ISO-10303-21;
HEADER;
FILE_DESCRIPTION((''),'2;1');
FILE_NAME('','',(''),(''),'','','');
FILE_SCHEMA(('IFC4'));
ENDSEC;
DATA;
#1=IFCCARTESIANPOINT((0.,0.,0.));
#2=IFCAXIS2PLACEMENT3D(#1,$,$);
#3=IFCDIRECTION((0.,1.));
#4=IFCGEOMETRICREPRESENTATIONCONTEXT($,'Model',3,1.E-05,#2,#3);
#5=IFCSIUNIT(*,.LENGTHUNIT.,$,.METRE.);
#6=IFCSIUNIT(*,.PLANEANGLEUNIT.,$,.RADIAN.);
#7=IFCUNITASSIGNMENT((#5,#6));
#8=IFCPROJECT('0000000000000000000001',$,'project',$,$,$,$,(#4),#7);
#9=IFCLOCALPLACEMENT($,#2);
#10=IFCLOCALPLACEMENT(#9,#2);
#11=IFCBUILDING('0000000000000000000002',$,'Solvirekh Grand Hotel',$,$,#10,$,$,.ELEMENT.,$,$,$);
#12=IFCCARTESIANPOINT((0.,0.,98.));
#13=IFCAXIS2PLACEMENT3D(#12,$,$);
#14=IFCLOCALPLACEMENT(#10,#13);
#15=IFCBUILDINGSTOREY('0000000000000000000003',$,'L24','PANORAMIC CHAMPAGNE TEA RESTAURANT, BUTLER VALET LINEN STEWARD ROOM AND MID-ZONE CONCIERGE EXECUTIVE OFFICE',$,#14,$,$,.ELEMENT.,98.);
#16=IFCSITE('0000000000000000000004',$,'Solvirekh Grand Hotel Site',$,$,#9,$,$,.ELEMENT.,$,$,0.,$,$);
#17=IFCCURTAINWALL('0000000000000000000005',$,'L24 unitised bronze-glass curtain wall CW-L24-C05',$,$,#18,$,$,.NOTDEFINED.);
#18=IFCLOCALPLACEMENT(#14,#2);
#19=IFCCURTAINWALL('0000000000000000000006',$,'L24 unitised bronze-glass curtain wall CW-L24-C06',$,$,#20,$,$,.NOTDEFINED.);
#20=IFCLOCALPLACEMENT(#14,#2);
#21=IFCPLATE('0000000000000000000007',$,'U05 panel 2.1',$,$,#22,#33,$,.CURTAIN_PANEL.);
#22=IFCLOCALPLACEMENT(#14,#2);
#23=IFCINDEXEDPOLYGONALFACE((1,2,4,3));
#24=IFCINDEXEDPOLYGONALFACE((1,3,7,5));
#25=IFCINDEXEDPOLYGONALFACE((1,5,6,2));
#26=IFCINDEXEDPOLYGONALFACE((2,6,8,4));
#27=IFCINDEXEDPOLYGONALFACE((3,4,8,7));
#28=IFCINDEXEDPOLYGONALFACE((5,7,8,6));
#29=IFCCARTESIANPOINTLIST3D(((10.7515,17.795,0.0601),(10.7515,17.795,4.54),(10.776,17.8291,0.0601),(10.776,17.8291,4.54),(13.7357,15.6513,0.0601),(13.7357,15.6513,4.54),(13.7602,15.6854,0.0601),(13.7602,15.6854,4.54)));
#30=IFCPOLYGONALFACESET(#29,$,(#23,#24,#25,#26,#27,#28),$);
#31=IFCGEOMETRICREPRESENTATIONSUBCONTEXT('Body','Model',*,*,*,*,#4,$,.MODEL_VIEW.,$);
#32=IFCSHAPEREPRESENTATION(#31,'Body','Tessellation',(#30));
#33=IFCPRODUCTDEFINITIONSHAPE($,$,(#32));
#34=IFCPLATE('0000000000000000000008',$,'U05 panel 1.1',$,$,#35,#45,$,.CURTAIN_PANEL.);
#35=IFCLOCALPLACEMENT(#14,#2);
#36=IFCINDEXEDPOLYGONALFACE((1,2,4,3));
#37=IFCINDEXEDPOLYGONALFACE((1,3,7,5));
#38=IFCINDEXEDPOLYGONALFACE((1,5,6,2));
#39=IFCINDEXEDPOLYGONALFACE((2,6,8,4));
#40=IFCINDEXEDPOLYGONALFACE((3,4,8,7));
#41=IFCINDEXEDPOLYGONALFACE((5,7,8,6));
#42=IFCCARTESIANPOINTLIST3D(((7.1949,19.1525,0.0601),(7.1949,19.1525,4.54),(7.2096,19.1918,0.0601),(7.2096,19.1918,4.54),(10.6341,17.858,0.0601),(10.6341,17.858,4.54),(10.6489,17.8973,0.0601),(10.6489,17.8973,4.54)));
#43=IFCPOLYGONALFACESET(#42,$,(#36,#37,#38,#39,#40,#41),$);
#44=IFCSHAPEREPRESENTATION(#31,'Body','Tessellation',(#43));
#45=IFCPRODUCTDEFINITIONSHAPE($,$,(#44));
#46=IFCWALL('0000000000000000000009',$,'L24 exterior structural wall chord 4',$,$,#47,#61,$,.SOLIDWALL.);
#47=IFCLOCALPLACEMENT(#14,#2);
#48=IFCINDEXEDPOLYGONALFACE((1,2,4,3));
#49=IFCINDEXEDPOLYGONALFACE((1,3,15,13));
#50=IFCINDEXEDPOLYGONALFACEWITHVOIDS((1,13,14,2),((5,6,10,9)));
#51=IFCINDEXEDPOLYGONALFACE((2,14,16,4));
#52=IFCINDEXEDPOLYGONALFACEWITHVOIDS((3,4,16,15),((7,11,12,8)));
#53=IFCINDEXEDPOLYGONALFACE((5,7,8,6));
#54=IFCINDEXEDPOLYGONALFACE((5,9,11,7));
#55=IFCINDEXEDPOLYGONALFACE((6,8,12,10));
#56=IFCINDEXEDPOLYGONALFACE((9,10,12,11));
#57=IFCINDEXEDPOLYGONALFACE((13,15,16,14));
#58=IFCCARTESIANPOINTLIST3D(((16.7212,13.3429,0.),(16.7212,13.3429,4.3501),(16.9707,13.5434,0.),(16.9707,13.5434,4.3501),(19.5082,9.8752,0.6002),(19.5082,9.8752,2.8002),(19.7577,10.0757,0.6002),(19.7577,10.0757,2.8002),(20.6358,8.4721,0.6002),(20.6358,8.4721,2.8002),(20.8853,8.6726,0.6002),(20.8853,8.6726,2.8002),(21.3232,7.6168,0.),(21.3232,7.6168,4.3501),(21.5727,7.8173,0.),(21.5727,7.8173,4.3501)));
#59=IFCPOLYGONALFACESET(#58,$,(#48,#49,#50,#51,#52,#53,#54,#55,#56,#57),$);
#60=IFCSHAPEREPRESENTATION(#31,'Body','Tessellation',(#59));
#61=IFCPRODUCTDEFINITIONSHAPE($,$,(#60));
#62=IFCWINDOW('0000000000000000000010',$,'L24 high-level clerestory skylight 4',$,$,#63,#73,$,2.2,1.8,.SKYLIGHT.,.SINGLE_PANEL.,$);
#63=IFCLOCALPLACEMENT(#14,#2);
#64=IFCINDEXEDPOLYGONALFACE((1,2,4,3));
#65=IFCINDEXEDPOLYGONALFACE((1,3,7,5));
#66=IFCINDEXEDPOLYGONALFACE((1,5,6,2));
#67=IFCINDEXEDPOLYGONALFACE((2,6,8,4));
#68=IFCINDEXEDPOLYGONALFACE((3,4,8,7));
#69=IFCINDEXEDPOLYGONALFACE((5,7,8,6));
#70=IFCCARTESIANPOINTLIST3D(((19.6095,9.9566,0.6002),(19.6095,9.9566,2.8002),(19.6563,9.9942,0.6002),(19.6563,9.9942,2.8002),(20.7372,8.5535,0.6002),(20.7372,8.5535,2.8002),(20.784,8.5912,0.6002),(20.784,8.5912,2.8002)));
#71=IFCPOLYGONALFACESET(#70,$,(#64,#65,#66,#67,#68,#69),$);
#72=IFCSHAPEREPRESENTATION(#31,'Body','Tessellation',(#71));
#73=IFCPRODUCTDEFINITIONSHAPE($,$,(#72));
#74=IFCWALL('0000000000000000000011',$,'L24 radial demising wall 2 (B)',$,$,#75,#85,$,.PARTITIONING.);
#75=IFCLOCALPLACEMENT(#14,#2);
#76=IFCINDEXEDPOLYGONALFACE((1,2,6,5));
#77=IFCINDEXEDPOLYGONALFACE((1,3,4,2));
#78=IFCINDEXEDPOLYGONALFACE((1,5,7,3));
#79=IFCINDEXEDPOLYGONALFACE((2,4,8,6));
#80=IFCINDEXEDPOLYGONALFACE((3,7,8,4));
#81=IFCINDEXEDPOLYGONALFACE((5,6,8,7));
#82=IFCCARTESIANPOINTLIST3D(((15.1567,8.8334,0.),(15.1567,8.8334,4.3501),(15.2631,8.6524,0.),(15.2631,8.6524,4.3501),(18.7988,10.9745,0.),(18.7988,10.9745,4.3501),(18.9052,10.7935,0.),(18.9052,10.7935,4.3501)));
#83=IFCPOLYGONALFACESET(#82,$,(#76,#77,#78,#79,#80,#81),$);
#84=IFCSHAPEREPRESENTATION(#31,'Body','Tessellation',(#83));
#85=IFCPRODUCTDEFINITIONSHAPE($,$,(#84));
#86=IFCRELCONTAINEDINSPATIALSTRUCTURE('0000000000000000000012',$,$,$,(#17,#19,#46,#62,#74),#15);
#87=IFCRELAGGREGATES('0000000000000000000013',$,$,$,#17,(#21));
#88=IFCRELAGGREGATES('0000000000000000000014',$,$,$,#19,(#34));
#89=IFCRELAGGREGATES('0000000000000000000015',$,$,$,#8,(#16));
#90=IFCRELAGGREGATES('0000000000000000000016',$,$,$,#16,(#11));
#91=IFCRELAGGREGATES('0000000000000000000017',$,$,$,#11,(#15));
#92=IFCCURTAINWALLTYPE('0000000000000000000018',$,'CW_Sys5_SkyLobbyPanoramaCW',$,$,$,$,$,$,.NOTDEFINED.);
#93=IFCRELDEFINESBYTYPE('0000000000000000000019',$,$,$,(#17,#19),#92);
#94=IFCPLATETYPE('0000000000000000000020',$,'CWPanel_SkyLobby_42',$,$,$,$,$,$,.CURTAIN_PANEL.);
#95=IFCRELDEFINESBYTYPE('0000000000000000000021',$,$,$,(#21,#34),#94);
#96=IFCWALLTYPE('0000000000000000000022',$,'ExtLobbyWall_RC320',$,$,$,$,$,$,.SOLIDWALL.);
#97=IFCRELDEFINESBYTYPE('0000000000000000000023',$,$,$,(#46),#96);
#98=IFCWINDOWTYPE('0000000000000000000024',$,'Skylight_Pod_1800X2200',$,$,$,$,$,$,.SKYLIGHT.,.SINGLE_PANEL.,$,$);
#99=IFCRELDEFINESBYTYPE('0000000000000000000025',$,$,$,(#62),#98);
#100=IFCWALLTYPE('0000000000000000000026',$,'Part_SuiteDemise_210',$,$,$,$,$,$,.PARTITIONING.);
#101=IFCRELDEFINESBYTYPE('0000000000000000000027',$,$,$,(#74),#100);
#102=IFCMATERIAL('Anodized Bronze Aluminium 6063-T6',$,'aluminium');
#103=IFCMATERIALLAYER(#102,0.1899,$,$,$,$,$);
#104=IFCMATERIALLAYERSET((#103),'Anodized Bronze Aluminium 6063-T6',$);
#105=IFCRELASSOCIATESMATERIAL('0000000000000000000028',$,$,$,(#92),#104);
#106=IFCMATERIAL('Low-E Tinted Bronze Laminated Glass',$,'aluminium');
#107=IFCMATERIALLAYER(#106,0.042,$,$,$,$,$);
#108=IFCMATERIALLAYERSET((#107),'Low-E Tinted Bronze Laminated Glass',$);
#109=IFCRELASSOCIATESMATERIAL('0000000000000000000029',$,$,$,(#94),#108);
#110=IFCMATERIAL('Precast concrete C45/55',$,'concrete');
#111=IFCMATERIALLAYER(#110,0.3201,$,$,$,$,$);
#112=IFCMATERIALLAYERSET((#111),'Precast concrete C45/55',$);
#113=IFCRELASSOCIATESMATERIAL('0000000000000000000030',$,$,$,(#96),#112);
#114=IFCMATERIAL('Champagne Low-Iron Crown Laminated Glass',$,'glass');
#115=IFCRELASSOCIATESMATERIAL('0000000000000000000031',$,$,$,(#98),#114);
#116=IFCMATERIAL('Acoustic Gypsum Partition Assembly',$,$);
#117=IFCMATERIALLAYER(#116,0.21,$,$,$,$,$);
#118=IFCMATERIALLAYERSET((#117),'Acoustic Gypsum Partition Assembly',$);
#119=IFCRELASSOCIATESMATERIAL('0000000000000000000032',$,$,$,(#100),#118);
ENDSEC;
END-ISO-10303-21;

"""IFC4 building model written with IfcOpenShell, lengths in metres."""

from ifc_helpers import new_model, si_unit, direction, frame, frame_2d, origin, origin_2d, place, context, subcontext, project, spatial, rectangle, extrude, source, transform, mapped, material, layer, layer_set, type_object, element, fill, aggregate, save


model = new_model("IFC4")

# Units and contexts
model_context = context("Model", 3, precision=1e-05, world=origin(), true_north=direction((0.0, 1.0)))
body_context = subcontext(model_context, "Body", "Model", "MODEL_VIEW")
ifc_project = project(units=[si_unit("LENGTHUNIT", "METRE"), si_unit("PLANEANGLEUNIT", "RADIAN")], contexts=[model_context])

# Site, building, storey
site_placement = place(None, origin())
site = spatial("IfcSite", under=ifc_project, at=site_placement, Name="Solvirekh Grand Hotel Site", CompositionType="ELEMENT", RefElevation=0.0)
building_placement = place(site_placement, origin())
building = spatial("IfcBuilding", under=site, at=building_placement, Name="Solvirekh Grand Hotel", CompositionType="ELEMENT")
storey_placement = place(building_placement, frame((0.0, 0.0, 98.0)))
storey = spatial("IfcBuildingStorey", under=building, at=storey_placement, Name="L24", Description="PANORAMIC CHAMPAGNE TEA RESTAURANT, BUTLER VALET LINEN STEWARD ROOM AND MID-ZONE CONCIERGE EXECUTIVE OFFICE", CompositionType="ELEMENT", Elevation=98.0)

# Curtain walls
ifc_material_1 = material(Name="Anodized Bronze Aluminium 6063-T6", Category="aluminium")
ifc_layer_1 = layer(ifc_material_1, 0.1899)
ifc_layer_set_1 = layer_set([ifc_layer_1], Name="Anodized Bronze Aluminium 6063-T6")
curtain_wall_type = type_object("IfcCurtainWallType", Name="CW_Sys5_SkyLobbyPanoramaCW", PredefinedType="NOTDEFINED", material=ifc_layer_set_1)
curtain_wall_1_placement = place(storey_placement, origin())
curtain_wall_1 = element("IfcCurtainWall", 1, at=curtain_wall_1_placement, inside=storey, type_object=curtain_wall_type, Name="L24 unitised bronze-glass curtain wall CW-L24-C05", PredefinedType="NOTDEFINED")
curtain_wall_2_placement = place(storey_placement, origin())
curtain_wall_2 = element("IfcCurtainWall", 2, at=curtain_wall_2_placement, inside=storey, type_object=curtain_wall_type, Name="L24 unitised bronze-glass curtain wall CW-L24-C06", PredefinedType="NOTDEFINED")

# Plates
ifc_material_2 = material(Name="Low-E Tinted Bronze Laminated Glass", Category="aluminium")
ifc_layer_2 = layer(ifc_material_2, 0.042)
ifc_layer_set_2 = layer_set([ifc_layer_2], Name="Low-E Tinted Bronze Laminated Glass")
plate_type = type_object("IfcPlateType", Name="CWPanel_SkyLobby_42", PredefinedType="CURTAIN_PANEL", material=ifc_layer_set_2)
shared_shape_1 = source(origin(), body_context, "Body", "SweptSolid", [
    extrude(rectangle(XDim=3.6743, YDim=0.042, at=origin_2d()), origin(), (0.0, 0.0, 1.0), 4.48),
])
plate_1_placement = place(storey_placement, frame((12.2559, 16.7402, 0.0601), z_axis=(0.0, 0.0, 1.0), x_axis=(-0.812166, 0.583426, 0.0)))
plate_1 = element("IfcPlate", 3, at=plate_1_placement, type_object=plate_type, Name="U05 panel 2.1", PredefinedType="CURTAIN_PANEL", context=body_context, shape_type="MappedRepresentation", body=[
    mapped(shared_shape_1, transform((0.0, 0.0, 0.0), x_axis=(1.0, 0.0, 0.0), y_axis=(0.0, 1.0, 0.0), z_axis=(0.0, 0.0, 1.0), scale=1.0)),
])
aggregate(curtain_wall_1, [plate_1])
shared_shape_2 = source(origin(), body_context, "Body", "SweptSolid", [
    extrude(rectangle(XDim=3.6748, YDim=0.042, at=origin_2d()), origin(), (0.0, 0.0, 1.0), 4.48),
])
plate_2_placement = place(storey_placement, frame((8.9219, 18.5249, 0.0601), z_axis=(0.0, 0.0, 1.0), x_axis=(-0.935899, 0.352268, 0.0)))
plate_2 = element("IfcPlate", 4, at=plate_2_placement, type_object=plate_type, Name="U05 panel 1.1", PredefinedType="CURTAIN_PANEL", context=body_context, shape_type="MappedRepresentation", body=[
    mapped(shared_shape_2, transform((0.0, 0.0, 0.0), x_axis=(1.0, 0.0, 0.0), y_axis=(0.0, 1.0, 0.0), z_axis=(0.0, 0.0, 1.0), scale=1.0)),
])
aggregate(curtain_wall_2, [plate_2])

# Wall, opening, window
ifc_material_3 = material(Name="Precast concrete C45/55", Category="concrete")
ifc_layer_3 = layer(ifc_material_3, 0.3201)
ifc_layer_set_3 = layer_set([ifc_layer_3], Name="Precast concrete C45/55")
wall_type_1 = type_object("IfcWallType", Name="ExtLobbyWall_RC320", PredefinedType="SOLIDWALL", material=ifc_layer_set_3)
wall_1_placement = place(storey_placement, frame((16.8459, 13.4431, 0.0), z_axis=(0.0, 0.0, 1.0), x_axis=(0.626452, -0.77946, 0.0)))
wall_1 = element("IfcWall", 5, at=wall_1_placement, inside=storey, type_object=wall_type_1, Name="L24 exterior structural wall chord 4", PredefinedType="SOLIDWALL", context=body_context, shape_type="SweptSolid", body=[
    extrude(rectangle(XDim=7.3462, YDim=0.3201, at=frame_2d((3.6731, 0.0))), origin(), (0.0, 0.0, 1.0), 4.3501),
])
opening_1_placement = place(wall_1_placement, frame((4.449, 0.0, 0.6001)))
opening_1 = element("IfcOpeningElement", 6, at=opening_1_placement, cuts=wall_1, PredefinedType="OPENING", context=body_context, shape_type="SweptSolid", body=[
    extrude(rectangle(XDim=1.8, YDim=2.2, at=frame_2d((0.8999, 1.1001))), frame((0.0, 0.1699, 0.0), z_axis=(0.0, -1.0, 0.0), x_axis=(1.0, 0.0, 0.0)), (0.0, 0.0, 1.0), 0.3401),
])
ifc_material_4 = material(Name="Champagne Low-Iron Crown Laminated Glass", Category="glass")
window_type = type_object("IfcWindowType", Name="Skylight_Pod_1800X2200", PartitioningType="SINGLE_PANEL", PredefinedType="SKYLIGHT", material=ifc_material_4)
window_placement = place(opening_1_placement, origin())
window = element("IfcWindow", 7, at=window_placement, inside=storey, type_object=window_type, Name="L24 high-level clerestory skylight 4", OverallHeight=2.2, OverallWidth=1.8, PartitioningType="SINGLE_PANEL", PredefinedType="SKYLIGHT", context=body_context, shape_type="SweptSolid", body=[
    extrude(rectangle(XDim=1.8, YDim=2.2, at=frame_2d((0.8999, 1.1001))), frame((0.0, 0.03, 0.0), z_axis=(0.0, -1.0, 0.0), x_axis=(1.0, 0.0, 0.0)), (0.0, 0.0, 1.0), 0.0601),
])
fill(opening_1, window)

# Shared definitions
ifc_material_5 = material(Name="Acoustic Gypsum Partition Assembly")

# Wall
ifc_layer_4 = layer(ifc_material_5, 0.21)
ifc_layer_set_4 = layer_set([ifc_layer_4], Name="Acoustic Gypsum Partition Assembly")
wall_type_2 = type_object("IfcWallType", Name="Part_SuiteDemise_210", PredefinedType="PARTITIONING", material=ifc_layer_set_4)
wall_2_placement = place(storey_placement, frame((15.21, 8.7429, 0.0), z_axis=(0.0, 0.0, 1.0), x_axis=(0.862068, 0.506793, 0.0)))
element("IfcWall", 8, at=wall_2_placement, inside=storey, type_object=wall_type_2, Name="L24 radial demising wall 2 (B)", PredefinedType="PARTITIONING", context=body_context, shape_type="SweptSolid", body=[
    extrude(rectangle(XDim=4.2249, YDim=0.21, at=frame_2d((2.1123, 0.0))), origin(), (0.0, 0.0, 1.0), 4.3501),
])

save(model, "model.ifc")
